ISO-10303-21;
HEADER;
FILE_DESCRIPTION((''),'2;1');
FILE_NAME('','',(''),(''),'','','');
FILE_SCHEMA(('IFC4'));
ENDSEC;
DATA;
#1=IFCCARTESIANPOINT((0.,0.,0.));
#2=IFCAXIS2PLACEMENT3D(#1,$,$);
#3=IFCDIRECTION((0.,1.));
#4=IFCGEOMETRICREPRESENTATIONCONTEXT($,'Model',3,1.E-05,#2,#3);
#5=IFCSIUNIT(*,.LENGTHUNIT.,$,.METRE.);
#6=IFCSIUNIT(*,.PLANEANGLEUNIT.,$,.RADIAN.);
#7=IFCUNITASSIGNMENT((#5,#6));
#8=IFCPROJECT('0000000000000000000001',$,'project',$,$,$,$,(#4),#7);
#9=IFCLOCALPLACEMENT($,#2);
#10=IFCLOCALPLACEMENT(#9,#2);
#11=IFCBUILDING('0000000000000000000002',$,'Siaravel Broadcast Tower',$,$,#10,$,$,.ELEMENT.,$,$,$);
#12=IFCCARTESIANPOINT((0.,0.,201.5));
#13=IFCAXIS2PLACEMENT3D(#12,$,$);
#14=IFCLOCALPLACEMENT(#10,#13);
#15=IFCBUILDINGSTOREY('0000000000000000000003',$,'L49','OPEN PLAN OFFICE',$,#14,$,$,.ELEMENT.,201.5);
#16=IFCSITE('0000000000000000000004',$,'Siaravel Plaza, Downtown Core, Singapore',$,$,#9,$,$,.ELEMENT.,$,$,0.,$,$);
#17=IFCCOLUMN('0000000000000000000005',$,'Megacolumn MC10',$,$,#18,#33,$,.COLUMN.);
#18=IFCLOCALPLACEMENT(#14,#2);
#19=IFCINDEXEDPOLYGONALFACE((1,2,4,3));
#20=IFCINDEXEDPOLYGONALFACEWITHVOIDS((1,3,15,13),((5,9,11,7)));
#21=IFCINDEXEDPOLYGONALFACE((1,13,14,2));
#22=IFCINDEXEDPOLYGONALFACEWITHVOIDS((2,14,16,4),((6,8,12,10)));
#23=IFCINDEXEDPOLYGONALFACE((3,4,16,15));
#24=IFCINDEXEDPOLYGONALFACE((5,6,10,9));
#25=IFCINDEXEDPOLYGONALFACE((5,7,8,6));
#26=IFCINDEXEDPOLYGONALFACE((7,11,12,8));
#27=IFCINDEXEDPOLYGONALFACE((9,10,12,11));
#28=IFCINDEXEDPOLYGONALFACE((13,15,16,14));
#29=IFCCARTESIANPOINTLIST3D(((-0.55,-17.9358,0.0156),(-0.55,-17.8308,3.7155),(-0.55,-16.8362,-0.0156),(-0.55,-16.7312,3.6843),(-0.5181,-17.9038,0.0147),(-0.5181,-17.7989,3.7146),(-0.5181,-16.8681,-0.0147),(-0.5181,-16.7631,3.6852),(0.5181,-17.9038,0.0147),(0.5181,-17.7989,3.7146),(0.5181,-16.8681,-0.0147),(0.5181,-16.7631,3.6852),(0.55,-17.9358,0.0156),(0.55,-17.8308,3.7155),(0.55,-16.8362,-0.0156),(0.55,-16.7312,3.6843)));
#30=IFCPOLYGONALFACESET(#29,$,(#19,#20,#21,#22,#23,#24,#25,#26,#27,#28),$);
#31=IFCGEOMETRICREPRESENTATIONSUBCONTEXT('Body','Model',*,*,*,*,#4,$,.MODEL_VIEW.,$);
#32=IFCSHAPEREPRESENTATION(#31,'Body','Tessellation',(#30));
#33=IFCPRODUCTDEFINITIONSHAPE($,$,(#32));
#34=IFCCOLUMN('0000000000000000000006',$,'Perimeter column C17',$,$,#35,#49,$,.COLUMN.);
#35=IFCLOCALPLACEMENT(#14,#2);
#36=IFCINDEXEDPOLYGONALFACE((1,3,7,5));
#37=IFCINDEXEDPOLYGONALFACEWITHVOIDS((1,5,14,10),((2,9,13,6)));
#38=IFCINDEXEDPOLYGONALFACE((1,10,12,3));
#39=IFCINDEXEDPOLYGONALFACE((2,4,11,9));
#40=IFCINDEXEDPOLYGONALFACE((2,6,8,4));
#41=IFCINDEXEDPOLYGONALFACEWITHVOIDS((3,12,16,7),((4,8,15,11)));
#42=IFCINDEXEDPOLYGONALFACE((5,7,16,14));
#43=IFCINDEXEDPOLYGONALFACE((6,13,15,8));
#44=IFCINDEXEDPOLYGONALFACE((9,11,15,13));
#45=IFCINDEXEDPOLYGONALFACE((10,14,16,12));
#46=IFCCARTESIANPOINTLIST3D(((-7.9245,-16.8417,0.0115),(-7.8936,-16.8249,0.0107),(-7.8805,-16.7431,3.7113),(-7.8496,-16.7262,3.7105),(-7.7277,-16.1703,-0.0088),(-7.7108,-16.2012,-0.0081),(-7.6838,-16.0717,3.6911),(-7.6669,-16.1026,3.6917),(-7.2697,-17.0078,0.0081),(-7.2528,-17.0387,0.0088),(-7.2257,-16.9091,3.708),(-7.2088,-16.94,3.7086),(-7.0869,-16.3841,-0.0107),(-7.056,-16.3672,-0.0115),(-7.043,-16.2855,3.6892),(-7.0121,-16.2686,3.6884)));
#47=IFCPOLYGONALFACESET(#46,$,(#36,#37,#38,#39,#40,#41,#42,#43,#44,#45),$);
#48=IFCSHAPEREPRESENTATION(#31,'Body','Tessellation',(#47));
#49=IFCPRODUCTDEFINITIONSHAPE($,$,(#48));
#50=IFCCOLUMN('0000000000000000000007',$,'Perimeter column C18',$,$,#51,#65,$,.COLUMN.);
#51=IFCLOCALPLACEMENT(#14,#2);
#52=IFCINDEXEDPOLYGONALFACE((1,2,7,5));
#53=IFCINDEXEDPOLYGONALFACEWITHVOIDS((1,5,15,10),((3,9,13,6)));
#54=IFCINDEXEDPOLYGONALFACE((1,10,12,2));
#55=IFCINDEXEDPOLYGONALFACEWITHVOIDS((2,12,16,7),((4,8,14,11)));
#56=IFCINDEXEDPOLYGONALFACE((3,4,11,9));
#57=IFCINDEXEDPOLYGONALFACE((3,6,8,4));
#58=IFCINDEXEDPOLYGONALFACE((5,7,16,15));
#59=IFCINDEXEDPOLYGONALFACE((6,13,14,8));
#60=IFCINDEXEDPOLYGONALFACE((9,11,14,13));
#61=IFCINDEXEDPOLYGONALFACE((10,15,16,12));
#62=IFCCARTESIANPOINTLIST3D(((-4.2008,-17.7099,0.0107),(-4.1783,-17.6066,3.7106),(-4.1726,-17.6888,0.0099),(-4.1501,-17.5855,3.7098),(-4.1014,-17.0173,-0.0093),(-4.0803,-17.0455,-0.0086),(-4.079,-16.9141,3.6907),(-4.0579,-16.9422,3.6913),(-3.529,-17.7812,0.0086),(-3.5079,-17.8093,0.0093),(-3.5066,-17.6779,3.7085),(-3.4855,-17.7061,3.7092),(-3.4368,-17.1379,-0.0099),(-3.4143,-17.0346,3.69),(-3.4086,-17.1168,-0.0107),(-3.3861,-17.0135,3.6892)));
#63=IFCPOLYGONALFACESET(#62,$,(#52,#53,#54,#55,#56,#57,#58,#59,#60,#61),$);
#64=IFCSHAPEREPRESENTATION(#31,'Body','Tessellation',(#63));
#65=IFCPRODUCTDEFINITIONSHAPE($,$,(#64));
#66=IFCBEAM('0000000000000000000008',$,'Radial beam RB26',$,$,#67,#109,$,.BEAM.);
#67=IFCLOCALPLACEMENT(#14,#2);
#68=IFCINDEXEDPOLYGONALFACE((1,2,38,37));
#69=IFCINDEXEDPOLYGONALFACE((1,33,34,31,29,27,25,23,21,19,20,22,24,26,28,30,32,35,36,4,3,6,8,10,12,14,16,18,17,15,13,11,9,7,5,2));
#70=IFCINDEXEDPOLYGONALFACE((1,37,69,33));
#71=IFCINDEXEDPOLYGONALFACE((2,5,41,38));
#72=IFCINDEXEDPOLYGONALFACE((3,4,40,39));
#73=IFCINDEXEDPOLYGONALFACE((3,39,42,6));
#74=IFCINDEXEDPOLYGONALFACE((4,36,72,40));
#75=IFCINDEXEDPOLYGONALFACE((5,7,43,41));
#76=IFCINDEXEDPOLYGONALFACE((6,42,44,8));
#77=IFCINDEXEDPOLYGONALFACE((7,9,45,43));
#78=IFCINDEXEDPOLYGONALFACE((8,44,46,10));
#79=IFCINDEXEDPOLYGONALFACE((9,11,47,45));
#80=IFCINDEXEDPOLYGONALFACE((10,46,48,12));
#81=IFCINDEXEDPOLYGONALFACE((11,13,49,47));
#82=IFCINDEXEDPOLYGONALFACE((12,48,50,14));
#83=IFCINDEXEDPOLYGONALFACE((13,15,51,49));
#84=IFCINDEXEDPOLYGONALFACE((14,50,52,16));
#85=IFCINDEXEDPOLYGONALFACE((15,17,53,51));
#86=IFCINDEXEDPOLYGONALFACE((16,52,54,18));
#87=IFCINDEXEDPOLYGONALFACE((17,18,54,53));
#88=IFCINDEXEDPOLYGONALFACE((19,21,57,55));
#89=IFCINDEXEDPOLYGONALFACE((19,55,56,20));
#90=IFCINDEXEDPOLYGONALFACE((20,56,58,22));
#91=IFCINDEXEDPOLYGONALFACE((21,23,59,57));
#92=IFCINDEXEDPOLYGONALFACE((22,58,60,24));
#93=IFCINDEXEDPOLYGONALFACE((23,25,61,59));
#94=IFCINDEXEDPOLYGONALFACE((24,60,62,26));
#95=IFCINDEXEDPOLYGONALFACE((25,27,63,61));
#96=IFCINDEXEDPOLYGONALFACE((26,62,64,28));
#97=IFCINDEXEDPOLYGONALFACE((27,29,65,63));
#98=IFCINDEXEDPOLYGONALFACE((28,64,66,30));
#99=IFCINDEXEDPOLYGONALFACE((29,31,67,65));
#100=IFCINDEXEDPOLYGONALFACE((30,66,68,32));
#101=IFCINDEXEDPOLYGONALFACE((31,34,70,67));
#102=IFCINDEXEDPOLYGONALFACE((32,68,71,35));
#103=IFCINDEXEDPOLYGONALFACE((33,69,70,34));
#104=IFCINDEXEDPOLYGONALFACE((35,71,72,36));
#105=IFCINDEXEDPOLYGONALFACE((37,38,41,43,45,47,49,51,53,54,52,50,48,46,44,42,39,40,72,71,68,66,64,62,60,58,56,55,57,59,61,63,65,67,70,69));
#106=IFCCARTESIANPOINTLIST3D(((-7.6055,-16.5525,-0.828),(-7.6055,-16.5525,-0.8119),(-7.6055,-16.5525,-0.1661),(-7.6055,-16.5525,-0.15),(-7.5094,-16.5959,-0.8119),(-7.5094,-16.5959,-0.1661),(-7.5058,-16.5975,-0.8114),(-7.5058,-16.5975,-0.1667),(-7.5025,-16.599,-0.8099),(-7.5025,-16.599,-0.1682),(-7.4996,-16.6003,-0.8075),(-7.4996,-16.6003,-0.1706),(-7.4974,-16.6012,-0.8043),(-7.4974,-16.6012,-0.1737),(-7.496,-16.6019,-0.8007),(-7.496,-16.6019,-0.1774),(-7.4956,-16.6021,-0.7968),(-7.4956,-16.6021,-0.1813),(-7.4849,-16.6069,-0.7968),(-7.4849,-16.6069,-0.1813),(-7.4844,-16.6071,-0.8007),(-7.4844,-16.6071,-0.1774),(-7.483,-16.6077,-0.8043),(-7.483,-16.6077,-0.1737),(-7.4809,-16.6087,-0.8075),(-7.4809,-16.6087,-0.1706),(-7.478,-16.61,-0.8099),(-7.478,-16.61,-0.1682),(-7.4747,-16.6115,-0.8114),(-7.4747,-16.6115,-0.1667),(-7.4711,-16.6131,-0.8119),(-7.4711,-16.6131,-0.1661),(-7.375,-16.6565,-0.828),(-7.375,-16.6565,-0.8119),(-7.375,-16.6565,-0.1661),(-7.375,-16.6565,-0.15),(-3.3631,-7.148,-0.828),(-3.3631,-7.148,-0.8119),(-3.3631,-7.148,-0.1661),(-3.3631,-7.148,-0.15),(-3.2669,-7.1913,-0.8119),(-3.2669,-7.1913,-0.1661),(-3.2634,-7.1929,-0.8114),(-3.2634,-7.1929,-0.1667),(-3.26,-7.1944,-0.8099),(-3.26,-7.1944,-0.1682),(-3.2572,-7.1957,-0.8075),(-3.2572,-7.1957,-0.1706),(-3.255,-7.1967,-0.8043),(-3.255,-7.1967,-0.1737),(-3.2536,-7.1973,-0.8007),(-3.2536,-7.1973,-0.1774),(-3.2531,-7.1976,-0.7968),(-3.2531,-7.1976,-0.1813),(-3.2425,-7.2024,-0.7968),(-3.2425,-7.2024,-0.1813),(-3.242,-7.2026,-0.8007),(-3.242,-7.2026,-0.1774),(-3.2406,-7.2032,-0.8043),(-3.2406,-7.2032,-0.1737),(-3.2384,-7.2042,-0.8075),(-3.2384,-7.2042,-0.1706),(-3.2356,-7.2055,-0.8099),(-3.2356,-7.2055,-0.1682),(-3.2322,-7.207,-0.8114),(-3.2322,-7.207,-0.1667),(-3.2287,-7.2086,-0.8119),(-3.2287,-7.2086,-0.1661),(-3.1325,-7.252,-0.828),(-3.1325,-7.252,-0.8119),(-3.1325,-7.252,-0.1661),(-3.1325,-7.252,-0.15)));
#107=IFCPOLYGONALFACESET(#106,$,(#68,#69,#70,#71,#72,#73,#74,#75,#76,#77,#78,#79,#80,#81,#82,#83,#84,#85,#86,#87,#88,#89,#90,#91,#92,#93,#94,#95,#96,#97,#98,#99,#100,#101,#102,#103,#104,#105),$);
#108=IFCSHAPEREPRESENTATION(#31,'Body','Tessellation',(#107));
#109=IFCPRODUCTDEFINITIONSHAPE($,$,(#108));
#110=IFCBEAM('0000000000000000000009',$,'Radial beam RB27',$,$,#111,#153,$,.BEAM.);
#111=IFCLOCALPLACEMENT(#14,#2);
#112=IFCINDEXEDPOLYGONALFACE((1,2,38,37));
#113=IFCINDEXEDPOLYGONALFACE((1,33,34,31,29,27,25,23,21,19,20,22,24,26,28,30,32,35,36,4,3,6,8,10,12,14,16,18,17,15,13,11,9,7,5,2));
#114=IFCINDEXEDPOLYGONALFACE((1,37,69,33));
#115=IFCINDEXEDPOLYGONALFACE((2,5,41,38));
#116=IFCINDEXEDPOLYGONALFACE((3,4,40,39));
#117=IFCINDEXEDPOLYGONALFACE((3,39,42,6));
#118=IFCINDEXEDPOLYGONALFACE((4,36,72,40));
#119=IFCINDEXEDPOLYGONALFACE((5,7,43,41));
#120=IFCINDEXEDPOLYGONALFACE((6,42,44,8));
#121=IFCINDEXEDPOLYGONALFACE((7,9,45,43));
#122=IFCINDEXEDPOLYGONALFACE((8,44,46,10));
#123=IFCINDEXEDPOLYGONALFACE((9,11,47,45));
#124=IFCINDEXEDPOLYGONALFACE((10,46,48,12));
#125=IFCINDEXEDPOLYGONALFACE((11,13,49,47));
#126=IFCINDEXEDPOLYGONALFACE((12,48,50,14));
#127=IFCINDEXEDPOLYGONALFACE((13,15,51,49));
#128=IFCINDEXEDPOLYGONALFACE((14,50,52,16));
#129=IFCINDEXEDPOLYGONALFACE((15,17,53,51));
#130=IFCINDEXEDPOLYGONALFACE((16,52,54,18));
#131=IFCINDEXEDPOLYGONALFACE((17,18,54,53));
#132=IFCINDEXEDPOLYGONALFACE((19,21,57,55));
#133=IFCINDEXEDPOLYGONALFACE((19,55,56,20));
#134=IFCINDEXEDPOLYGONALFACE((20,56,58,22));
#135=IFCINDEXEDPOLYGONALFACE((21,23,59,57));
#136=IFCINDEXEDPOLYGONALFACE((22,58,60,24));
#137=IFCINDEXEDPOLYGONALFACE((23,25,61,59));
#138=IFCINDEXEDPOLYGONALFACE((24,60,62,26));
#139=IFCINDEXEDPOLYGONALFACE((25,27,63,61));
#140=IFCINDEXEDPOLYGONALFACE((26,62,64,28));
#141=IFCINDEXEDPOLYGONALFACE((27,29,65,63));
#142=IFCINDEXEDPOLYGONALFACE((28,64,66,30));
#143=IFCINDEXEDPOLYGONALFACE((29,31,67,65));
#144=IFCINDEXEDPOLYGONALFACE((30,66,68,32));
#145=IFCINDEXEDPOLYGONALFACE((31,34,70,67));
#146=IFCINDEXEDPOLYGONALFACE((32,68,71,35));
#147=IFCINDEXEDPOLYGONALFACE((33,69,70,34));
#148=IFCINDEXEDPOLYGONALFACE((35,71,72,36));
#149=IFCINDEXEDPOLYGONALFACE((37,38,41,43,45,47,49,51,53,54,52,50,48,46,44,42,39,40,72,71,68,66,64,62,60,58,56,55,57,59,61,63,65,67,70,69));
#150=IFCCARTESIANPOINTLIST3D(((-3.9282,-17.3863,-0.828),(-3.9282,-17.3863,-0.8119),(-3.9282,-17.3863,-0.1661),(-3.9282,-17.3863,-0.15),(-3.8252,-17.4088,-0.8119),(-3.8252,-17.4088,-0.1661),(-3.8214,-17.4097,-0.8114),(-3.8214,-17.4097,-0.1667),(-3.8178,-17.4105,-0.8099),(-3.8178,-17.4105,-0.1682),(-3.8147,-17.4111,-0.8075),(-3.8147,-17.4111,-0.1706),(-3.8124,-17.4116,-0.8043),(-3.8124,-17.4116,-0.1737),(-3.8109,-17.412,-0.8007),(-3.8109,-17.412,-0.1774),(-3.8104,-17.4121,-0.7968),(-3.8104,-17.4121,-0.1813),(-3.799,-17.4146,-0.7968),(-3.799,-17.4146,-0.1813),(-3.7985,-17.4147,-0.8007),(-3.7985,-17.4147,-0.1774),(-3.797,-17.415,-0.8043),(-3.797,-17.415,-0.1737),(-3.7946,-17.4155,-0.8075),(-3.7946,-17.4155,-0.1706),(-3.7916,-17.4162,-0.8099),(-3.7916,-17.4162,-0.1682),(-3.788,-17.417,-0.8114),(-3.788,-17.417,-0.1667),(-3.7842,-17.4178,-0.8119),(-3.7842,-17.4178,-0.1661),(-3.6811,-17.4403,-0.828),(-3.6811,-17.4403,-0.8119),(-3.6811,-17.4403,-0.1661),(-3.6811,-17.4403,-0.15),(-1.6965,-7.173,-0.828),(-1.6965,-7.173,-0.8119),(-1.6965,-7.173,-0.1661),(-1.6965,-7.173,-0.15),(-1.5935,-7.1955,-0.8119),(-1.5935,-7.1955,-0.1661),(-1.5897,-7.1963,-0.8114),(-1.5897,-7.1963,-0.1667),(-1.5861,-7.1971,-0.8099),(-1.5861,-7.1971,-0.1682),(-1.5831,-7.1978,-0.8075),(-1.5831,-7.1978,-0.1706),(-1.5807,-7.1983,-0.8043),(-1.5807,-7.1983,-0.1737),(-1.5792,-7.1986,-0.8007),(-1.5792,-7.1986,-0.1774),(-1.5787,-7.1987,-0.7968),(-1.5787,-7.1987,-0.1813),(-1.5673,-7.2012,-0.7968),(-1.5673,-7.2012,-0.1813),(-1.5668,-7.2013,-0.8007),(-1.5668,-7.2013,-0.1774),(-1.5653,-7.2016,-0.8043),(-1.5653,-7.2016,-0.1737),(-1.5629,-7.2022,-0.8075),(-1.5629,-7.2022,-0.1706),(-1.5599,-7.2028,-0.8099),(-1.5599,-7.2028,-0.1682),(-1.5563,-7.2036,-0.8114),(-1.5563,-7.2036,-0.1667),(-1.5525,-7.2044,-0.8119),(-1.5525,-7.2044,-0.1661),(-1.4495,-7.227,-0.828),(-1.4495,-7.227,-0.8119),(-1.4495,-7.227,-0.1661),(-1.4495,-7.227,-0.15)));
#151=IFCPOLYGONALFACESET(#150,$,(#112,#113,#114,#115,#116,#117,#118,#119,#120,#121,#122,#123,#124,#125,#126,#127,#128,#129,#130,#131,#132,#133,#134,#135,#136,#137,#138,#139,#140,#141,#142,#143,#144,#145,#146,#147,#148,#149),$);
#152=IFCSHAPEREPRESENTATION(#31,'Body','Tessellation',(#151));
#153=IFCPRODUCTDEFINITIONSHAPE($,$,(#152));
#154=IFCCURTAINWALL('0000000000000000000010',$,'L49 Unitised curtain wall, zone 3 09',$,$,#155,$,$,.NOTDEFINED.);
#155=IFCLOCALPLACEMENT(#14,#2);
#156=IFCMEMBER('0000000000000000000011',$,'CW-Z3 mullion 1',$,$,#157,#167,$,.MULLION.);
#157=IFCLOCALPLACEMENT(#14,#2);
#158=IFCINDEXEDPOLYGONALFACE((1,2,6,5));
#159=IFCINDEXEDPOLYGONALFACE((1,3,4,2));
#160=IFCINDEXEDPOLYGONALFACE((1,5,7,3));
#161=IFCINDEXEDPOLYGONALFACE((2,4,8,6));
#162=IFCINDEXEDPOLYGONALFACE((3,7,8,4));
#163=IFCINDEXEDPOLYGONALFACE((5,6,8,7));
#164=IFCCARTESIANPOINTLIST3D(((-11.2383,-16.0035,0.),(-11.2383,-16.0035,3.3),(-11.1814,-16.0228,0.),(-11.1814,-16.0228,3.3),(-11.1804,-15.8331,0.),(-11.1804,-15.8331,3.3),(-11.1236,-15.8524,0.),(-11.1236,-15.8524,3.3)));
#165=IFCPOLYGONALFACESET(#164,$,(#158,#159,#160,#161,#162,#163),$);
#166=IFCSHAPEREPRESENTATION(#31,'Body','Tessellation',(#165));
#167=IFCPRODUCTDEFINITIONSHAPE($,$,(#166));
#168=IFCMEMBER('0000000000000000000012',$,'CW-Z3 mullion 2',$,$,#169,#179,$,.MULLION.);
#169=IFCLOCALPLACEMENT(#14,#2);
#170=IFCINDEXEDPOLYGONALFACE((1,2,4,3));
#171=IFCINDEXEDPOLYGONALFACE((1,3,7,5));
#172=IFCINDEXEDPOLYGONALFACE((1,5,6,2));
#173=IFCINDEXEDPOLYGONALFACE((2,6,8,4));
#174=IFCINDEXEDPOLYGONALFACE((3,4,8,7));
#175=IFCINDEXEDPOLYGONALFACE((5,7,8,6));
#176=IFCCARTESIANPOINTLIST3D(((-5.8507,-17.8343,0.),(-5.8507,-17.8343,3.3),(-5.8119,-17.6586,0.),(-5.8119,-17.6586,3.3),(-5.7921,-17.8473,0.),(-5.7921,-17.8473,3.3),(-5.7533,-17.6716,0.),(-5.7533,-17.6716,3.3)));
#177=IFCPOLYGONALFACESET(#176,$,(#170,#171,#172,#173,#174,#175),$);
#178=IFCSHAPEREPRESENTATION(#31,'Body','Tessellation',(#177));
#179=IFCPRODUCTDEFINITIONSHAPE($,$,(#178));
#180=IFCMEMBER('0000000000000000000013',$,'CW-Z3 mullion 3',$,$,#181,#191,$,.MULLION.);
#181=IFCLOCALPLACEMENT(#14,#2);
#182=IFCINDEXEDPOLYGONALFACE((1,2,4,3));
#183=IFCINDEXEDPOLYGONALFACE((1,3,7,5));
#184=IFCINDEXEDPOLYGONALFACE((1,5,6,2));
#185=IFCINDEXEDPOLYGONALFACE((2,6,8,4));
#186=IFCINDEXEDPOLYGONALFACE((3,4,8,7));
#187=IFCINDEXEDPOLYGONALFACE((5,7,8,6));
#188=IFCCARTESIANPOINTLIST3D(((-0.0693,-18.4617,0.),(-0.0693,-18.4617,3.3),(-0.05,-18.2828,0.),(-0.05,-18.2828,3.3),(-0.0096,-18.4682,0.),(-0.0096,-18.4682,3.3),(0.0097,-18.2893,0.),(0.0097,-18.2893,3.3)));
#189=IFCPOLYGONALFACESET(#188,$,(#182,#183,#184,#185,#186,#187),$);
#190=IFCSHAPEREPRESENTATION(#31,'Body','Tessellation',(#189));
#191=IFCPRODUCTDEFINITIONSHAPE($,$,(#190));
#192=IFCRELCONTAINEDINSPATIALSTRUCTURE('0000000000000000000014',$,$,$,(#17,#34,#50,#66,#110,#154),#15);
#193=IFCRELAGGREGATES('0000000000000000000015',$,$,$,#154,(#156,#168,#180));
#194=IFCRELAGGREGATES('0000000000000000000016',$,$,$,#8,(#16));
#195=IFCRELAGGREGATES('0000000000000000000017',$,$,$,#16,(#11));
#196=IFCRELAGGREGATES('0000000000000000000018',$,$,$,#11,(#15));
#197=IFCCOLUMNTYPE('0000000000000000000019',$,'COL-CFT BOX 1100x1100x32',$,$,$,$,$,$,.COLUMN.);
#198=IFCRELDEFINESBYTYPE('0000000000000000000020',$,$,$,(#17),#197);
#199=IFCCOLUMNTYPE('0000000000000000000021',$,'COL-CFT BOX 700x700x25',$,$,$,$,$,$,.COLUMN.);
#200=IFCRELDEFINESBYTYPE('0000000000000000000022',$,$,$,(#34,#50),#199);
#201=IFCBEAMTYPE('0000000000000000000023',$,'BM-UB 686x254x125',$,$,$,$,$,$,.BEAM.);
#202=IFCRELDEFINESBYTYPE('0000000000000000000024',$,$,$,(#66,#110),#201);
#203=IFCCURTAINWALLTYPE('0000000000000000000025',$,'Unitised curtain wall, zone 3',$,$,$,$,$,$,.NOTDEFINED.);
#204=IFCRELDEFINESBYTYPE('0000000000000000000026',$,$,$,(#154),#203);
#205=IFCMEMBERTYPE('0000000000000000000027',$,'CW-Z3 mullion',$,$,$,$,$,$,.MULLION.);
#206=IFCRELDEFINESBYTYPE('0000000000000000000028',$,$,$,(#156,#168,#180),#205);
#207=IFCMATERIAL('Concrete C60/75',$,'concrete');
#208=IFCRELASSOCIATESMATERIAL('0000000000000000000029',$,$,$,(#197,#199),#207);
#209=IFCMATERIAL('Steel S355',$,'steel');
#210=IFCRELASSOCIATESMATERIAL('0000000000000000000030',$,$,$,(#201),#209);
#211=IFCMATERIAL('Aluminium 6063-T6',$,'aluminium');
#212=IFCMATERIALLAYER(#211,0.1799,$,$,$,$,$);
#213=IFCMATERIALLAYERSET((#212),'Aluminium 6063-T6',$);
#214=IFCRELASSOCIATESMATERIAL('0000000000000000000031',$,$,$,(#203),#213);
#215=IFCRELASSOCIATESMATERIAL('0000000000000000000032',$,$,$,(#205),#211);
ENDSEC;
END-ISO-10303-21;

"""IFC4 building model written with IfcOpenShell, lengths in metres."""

from ifc_helpers import new_model, si_unit, direction, frame, origin, origin_2d, place, context, subcontext, project, spatial, rectangle, hollow_rectangle, i_section, extrude, material, layer, layer_set, material_profile, profile_set, type_object, element, aggregate, save


model = new_model("IFC4")

# Units and contexts
model_context = context("Model", 3, precision=1e-05, world=origin(), true_north=direction((0.0, 1.0)))
body_context = subcontext(model_context, "Body", "Model", "MODEL_VIEW")
ifc_project = project(units=[si_unit("LENGTHUNIT", "METRE"), si_unit("PLANEANGLEUNIT", "RADIAN")], contexts=[model_context])

# Site, building, storey
site_placement = place(None, origin())
site = spatial("IfcSite", under=ifc_project, at=site_placement, Name="Siaravel Plaza, Downtown Core, Singapore", CompositionType="ELEMENT", RefElevation=0.0)
building_placement = place(site_placement, origin())
building = spatial("IfcBuilding", under=site, at=building_placement, Name="Siaravel Broadcast Tower", CompositionType="ELEMENT")
storey_placement = place(building_placement, frame((0.0, 0.0, 201.5)))
storey = spatial("IfcBuildingStorey", under=building, at=storey_placement, Name="L49", Description="OPEN PLAN OFFICE", CompositionType="ELEMENT", Elevation=201.5)

# Columns
ifc_material_1 = material(Name="Concrete C60/75", Category="concrete")
ifc_material_profile_1 = material_profile(ifc_material_1, hollow_rectangle(XDim=1.1001, YDim=1.1001, WallThickness=0.032, at=origin_2d()))
ifc_profile_set_1 = profile_set([ifc_material_profile_1], Name="Concrete C60/75")
column_type_1 = type_object("IfcColumnType", Name="COL-CFT BOX 1100x1100x32", PredefinedType="COLUMN", material=ifc_profile_set_1)
column_placement = place(storey_placement, frame((0.0, -17.386, 0.0), z_axis=(0.0, 0.028362, 0.999598), x_axis=(-1.0, 0.0, 0.0)))
element("IfcColumn", 1, at=column_placement, inside=storey, type_object=column_type_1, Name="Megacolumn MC10", PredefinedType="COLUMN", context=body_context, shape_type="SweptSolid", body=[
    extrude(hollow_rectangle(XDim=1.1001, YDim=1.1001, WallThickness=0.032, at=origin_2d()), origin(), (0.0, 0.0, 1.0), 3.7014),
])
ifc_material_profile_2 = material_profile(ifc_material_1, hollow_rectangle(XDim=0.7, YDim=0.7, WallThickness=0.0249, at=origin_2d()))
ifc_profile_set_2 = profile_set([ifc_material_profile_2], Name="Concrete C60/75")
column_type_2 = type_object("IfcColumnType", Name="COL-CFT BOX 700x700x25", PredefinedType="COLUMN", material=ifc_profile_set_2)
for number, where, z_axis, x_axis, name in (
    (2, (-7.4902, -16.6045, 0.0), (0.011872, 0.026647, 0.999574), (-0.959605, 0.281323, 0.003898), "Perimeter column C17"),
    (3, (-3.8047, -17.4133, 0.0), (0.006068, 0.0279, 0.999592), (-0.989858, 0.142042, 0.002044), "Perimeter column C18"),
):
    element("IfcColumn", number, at=place(storey_placement, frame(where, z_axis=z_axis, x_axis=x_axis)), inside=storey, type_object=column_type_2, Name=name, PredefinedType="COLUMN", context=body_context, shape_type="SweptSolid", body=[
        extrude(hollow_rectangle(XDim=0.7, YDim=0.7, WallThickness=0.0249, at=origin_2d()), origin(), (0.0, 0.0, 1.0), 3.7014),
    ])

# Beams
ifc_material_2 = material(Name="Steel S355", Category="steel")
ifc_material_profile_3 = material_profile(ifc_material_2, i_section(OverallWidth=0.2529, OverallDepth=0.678, WebThickness=0.0117, FlangeThickness=0.0161, FilletRadius=0.0151, at=origin_2d()))
ifc_profile_set_3 = profile_set([ifc_material_profile_3], Name="Steel S355")
beam_type = type_object("IfcBeamType", Name="BM-UB 686x254x125", PredefinedType="BEAM", material=ifc_profile_set_3)
beam_1_placement = place(storey_placement, frame((-7.4902, -16.6045, -0.489), z_axis=(0.411202, 0.911544, 0.0), x_axis=(-0.911544, 0.411202, 0.0)))
element("IfcBeam", 4, at=beam_1_placement, inside=storey, type_object=beam_type, Name="Radial beam RB26", PredefinedType="BEAM", context=body_context, shape_type="SweptSolid", body=[
    extrude(i_section(OverallWidth=0.2529, OverallDepth=0.678, WebThickness=0.0117, FlangeThickness=0.0161, FilletRadius=0.0151, at=origin_2d()), origin(), (0.0, 0.0, 1.0), 10.3171),
])
beam_2_placement = place(storey_placement, frame((-3.8047, -17.4133, -0.489), z_axis=(0.21347, 0.97695, 0.0), x_axis=(-0.97695, 0.21347, 0.0)))
element("IfcBeam", 5, at=beam_2_placement, inside=storey, type_object=beam_type, Name="Radial beam RB27", PredefinedType="BEAM", context=body_context, shape_type="SweptSolid", body=[
    extrude(i_section(OverallWidth=0.2529, OverallDepth=0.678, WebThickness=0.0117, FlangeThickness=0.0161, FilletRadius=0.0151, at=origin_2d()), origin(), (0.0, 0.0, 1.0), 10.4543),
])

# Curtain wall, members
ifc_material_3 = material(Name="Aluminium 6063-T6", Category="aluminium")
ifc_layer_1 = layer(ifc_material_3, 0.1799)
ifc_layer_set_1 = layer_set([ifc_layer_1], Name="Aluminium 6063-T6")
curtain_wall_type = type_object("IfcCurtainWallType", Name="Unitised curtain wall, zone 3", PredefinedType="NOTDEFINED", material=ifc_layer_set_1)
curtain_wall_placement = place(storey_placement, origin())
curtain_wall = element("IfcCurtainWall", 6, at=curtain_wall_placement, inside=storey, type_object=curtain_wall_type, Name="L49 Unitised curtain wall, zone 3 09", PredefinedType="NOTDEFINED")
ifc_material_profile_4 = material_profile(ifc_material_3, rectangle(XDim=0.1799, YDim=0.0601, at=origin_2d()))
ifc_profile_set_4 = profile_set([ifc_material_profile_4], Name="Aluminium 6063-T6")
member_type_1 = type_object("IfcMemberType", Name="CW-Z3 mullion", PredefinedType="MULLION", material=ifc_profile_set_4)
member_1_placement = place(storey_placement, frame((-11.1809, -15.928, 0.0), z_axis=(0.0, 0.0, 1.0), x_axis=(0.321302, 0.946977, 0.0)))
member_1 = element("IfcMember", 7, at=member_1_placement, type_object=member_type_1, Name="CW-Z3 mullion 1", PredefinedType="MULLION", context=body_context, shape_type="SweptSolid", body=[
    extrude(rectangle(XDim=0.1799, YDim=0.0601, at=origin_2d()), origin(), (0.0, 0.0, 1.0), 3.3),
])
member_2_placement = place(storey_placement, frame((-5.802, -17.7529, 0.0), z_axis=(0.0, 0.0, 1.0), x_axis=(0.215559, 0.976491, 0.0)))
member_2 = element("IfcMember", 8, at=member_2_placement, type_object=member_type_1, Name="CW-Z3 mullion 2", PredefinedType="MULLION", context=body_context, shape_type="SweptSolid", body=[
    extrude(rectangle(XDim=0.1799, YDim=0.0601, at=origin_2d()), origin(), (0.0, 0.0, 1.0), 3.3),
])
member_3_placement = place(storey_placement, frame((-0.0298, -18.3755, 0.0), z_axis=(0.0, 0.0, 1.0), x_axis=(0.107218, 0.994236, 0.0)))
member_3 = element("IfcMember", 9, at=member_3_placement, type_object=member_type_1, Name="CW-Z3 mullion 3", PredefinedType="MULLION", context=body_context, shape_type="SweptSolid", body=[
    extrude(rectangle(XDim=0.1799, YDim=0.0601, at=origin_2d()), origin(), (0.0, 0.0, 1.0), 3.3),
])

aggregate(curtain_wall, [member_1, member_2, member_3])

save(model, "model.ifc")
